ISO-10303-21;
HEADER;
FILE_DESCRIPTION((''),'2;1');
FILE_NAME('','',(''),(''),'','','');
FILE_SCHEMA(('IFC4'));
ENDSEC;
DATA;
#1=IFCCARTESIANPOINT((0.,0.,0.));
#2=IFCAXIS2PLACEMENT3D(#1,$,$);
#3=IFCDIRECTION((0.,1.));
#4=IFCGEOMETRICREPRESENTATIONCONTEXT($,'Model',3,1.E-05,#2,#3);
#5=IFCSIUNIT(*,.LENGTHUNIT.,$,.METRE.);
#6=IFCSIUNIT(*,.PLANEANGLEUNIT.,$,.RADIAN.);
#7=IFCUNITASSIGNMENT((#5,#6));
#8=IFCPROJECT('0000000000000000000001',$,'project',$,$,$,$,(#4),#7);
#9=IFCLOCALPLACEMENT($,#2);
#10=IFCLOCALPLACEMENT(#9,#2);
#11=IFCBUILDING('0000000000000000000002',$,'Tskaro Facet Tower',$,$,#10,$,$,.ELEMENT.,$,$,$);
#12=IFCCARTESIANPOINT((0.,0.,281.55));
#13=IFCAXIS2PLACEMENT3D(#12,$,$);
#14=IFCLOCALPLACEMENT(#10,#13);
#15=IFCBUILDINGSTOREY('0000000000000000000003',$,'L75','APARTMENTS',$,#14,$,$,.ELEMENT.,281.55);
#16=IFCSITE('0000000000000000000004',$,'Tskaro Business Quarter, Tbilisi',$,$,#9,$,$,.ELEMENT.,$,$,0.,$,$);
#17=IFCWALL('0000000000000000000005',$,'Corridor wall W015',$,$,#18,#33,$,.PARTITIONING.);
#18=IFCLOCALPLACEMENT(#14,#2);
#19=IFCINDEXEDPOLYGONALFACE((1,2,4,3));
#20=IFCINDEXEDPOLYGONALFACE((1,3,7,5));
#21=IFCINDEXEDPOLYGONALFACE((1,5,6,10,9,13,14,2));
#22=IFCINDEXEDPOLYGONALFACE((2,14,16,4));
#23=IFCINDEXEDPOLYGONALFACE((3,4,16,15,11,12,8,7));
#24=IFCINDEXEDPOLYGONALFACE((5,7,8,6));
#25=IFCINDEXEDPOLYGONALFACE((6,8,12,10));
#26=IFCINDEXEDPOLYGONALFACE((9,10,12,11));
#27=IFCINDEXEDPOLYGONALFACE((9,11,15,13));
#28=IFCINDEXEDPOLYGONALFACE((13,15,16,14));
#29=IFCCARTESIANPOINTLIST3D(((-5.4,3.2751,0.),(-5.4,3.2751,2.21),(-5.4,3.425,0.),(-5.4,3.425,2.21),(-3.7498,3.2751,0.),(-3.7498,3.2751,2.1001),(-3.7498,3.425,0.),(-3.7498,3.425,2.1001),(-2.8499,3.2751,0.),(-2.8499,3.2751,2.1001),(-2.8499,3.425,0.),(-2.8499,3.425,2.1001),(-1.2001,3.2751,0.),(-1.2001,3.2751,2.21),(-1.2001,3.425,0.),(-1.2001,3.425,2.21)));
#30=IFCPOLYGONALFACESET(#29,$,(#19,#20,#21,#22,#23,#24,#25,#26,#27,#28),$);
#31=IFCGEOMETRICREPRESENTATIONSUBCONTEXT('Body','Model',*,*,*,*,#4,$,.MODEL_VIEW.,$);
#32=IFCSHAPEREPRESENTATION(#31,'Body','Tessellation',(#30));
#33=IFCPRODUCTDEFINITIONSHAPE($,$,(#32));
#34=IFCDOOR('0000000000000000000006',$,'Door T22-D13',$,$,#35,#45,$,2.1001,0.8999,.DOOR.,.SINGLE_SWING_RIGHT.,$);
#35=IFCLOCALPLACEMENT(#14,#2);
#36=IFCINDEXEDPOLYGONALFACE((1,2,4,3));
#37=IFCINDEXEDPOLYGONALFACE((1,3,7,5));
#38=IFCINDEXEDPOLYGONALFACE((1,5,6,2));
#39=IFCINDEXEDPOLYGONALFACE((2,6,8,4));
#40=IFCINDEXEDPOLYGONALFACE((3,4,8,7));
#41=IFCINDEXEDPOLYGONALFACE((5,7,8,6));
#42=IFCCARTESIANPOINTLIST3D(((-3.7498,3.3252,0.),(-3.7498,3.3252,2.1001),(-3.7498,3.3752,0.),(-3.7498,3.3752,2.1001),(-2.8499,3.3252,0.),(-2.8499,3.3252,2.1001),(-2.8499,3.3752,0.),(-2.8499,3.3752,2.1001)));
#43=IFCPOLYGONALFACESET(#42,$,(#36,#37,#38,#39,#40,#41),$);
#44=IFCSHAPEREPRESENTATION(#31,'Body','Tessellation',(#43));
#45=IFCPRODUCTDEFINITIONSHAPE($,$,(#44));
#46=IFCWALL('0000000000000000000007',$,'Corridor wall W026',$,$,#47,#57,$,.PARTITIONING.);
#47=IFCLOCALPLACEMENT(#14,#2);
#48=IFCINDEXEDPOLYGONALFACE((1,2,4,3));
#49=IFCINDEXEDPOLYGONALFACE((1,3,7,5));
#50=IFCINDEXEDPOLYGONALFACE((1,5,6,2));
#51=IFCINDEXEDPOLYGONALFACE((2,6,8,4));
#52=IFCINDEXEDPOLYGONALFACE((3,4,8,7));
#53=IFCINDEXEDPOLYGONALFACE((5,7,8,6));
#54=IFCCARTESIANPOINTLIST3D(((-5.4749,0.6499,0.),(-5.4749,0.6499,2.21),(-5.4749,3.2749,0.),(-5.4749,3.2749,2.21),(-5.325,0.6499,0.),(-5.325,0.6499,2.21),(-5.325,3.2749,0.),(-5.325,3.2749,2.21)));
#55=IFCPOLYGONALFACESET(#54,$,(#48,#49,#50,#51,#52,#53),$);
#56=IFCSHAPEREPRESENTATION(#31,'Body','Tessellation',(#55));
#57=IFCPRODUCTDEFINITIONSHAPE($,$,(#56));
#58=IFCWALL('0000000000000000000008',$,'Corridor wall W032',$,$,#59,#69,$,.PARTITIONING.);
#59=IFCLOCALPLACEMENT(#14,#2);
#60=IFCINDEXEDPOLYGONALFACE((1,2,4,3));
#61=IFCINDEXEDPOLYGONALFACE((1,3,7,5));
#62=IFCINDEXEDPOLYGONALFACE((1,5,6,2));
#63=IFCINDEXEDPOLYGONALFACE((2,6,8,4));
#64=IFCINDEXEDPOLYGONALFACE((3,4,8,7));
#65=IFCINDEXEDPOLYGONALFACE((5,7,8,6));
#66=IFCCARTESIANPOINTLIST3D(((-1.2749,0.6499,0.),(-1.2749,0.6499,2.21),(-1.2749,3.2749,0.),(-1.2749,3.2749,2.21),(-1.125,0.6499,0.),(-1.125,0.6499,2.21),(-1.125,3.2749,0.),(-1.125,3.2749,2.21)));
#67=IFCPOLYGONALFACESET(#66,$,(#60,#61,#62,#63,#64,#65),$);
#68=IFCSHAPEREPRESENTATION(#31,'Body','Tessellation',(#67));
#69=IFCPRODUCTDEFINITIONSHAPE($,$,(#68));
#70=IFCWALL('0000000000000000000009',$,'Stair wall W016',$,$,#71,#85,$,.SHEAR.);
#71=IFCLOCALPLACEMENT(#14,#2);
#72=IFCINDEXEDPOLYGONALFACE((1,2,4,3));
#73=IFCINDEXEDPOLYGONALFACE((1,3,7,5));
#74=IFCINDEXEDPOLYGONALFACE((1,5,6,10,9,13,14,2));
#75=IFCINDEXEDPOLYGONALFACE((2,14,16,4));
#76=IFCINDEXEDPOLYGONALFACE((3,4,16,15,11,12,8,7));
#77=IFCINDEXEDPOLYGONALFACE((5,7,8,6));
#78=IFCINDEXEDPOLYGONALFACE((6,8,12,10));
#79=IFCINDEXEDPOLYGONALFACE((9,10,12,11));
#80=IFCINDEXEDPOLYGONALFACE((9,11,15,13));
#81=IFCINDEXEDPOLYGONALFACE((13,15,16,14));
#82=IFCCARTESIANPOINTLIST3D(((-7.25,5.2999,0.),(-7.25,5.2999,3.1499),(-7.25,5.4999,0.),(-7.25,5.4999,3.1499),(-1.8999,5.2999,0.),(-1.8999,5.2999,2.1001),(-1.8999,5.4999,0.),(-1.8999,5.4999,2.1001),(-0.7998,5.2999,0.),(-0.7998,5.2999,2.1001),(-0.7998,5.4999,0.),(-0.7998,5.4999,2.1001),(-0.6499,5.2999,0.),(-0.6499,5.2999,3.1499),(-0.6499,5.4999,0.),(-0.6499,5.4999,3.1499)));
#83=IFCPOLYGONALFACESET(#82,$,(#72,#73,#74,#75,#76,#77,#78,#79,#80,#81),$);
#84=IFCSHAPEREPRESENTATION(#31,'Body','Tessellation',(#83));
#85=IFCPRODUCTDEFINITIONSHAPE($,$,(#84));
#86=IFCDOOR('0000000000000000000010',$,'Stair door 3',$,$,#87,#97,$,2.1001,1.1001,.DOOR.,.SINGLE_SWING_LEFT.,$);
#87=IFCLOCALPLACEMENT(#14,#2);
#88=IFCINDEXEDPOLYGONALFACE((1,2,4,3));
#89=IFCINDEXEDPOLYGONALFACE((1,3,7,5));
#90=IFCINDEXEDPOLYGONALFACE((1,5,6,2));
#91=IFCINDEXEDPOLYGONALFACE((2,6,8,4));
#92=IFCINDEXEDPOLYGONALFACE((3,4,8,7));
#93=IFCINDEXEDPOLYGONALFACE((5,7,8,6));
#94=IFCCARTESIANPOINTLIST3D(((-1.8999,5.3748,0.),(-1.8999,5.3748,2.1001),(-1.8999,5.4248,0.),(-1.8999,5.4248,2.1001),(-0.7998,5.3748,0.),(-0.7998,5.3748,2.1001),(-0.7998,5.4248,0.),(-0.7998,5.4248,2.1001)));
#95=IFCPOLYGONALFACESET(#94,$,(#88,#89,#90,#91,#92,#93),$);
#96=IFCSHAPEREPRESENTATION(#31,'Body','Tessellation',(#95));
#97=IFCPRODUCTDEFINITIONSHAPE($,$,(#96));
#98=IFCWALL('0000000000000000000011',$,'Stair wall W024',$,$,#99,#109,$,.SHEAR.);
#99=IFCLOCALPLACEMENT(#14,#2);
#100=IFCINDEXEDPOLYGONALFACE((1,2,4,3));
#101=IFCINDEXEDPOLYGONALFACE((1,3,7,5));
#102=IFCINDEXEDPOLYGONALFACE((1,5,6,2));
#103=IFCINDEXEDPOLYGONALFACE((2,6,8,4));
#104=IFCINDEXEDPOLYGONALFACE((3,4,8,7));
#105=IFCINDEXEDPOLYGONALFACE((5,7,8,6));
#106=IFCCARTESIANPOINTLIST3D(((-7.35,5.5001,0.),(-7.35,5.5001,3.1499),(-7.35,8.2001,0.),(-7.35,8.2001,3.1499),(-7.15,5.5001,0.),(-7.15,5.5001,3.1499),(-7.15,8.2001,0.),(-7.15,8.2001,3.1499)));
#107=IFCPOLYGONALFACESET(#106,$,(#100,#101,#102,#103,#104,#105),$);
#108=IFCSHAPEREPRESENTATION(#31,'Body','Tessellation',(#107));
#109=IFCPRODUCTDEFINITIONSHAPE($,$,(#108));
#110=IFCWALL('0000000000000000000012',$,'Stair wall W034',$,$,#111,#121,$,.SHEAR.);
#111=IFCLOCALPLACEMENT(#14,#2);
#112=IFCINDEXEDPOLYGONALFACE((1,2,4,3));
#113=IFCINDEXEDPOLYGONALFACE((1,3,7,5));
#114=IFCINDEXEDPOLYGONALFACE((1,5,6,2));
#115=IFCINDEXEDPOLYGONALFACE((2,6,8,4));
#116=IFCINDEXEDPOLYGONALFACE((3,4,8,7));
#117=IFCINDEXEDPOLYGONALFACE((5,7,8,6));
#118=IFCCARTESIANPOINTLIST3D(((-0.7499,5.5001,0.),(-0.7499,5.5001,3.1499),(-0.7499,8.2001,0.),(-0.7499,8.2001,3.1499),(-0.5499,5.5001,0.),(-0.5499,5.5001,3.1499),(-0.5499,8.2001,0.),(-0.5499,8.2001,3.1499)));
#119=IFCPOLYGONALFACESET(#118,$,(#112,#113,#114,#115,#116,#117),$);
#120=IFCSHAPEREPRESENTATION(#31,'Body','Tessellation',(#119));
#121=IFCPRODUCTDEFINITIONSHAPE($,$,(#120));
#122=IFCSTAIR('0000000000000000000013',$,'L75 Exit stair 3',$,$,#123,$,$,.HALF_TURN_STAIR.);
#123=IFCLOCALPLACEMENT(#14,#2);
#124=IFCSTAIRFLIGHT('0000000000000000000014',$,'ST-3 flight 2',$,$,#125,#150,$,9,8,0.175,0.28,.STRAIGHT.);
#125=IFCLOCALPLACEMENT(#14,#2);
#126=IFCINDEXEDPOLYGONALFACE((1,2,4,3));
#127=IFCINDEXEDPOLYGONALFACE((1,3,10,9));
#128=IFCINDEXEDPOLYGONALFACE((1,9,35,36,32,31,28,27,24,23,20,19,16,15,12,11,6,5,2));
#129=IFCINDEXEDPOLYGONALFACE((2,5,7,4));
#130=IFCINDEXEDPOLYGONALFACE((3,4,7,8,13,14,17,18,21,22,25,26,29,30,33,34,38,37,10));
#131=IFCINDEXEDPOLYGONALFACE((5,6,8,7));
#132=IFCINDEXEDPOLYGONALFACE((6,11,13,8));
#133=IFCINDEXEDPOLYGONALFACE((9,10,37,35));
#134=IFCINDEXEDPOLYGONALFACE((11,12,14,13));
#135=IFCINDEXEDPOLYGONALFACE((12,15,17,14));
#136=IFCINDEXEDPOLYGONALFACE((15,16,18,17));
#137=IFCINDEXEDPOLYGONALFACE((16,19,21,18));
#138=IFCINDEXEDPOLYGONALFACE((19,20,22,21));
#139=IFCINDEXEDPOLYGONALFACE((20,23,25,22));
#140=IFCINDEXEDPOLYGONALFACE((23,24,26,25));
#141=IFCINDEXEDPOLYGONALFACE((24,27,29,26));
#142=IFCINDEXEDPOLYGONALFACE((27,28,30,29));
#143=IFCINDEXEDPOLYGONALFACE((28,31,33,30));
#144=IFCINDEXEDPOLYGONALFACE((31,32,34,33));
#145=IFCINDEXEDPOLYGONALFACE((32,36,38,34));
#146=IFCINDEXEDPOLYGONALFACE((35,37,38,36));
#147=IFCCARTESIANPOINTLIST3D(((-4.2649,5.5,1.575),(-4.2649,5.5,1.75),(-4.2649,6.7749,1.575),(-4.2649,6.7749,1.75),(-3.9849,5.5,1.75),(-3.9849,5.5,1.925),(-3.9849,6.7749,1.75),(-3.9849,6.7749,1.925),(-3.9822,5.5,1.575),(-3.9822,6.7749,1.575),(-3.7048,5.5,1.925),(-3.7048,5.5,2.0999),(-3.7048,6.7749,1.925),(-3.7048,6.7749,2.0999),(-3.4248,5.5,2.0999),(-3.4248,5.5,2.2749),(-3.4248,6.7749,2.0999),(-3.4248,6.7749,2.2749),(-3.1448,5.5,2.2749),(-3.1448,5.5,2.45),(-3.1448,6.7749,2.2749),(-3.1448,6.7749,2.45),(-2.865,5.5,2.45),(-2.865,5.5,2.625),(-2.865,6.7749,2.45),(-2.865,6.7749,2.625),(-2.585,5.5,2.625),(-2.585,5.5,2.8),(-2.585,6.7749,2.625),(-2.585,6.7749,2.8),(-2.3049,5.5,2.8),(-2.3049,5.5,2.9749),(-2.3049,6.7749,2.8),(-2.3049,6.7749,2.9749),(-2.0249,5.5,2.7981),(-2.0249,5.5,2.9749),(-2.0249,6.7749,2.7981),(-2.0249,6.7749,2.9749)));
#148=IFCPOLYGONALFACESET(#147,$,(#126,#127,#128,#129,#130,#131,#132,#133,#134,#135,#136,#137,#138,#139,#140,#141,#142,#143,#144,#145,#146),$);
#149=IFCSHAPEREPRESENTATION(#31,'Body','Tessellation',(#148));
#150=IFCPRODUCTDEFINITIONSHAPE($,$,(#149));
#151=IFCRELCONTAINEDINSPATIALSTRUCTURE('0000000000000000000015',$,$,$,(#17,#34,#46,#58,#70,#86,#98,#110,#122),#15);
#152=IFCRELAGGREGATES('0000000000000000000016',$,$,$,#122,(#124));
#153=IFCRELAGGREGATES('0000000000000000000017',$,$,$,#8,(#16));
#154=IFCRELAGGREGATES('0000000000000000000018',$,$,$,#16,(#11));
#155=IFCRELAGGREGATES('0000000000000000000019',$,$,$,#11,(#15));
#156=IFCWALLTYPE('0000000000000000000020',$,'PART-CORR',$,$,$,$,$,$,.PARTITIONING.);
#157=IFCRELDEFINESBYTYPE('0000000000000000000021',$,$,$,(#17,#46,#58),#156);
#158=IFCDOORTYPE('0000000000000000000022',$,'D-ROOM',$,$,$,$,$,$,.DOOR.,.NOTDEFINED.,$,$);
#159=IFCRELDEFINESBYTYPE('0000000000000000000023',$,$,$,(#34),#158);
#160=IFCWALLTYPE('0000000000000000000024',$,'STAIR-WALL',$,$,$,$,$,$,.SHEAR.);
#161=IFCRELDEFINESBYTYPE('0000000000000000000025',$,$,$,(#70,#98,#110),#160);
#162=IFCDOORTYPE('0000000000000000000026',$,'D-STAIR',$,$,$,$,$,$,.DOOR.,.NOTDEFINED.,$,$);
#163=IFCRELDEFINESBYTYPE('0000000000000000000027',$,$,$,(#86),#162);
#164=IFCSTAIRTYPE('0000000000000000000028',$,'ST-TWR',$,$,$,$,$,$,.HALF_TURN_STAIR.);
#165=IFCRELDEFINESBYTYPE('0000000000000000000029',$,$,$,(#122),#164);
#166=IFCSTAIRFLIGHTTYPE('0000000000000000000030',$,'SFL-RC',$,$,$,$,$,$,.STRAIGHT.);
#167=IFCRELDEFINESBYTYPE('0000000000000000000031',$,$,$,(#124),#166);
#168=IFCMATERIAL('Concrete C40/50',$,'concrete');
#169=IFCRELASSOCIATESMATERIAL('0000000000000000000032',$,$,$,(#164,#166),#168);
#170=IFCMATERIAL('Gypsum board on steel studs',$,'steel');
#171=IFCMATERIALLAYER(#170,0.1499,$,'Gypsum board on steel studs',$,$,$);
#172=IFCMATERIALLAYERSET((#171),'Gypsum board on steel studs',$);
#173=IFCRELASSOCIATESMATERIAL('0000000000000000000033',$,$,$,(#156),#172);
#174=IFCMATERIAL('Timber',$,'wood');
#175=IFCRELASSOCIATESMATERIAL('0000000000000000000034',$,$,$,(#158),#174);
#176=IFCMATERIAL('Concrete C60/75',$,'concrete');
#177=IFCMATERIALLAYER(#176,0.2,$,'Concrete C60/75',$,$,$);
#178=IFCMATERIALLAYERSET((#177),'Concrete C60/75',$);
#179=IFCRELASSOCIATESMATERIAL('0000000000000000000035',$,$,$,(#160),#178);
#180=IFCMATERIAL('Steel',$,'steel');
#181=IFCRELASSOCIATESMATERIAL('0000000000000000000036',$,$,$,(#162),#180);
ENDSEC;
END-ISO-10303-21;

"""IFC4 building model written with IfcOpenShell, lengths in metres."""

from ifc_helpers import new_model, si_unit, direction, frame, frame_2d, origin, place, context, subcontext, project, spatial, polyline, rectangle, outline, extrude, material, layer, layer_set, type_object, element, fill, aggregate, save


model = new_model("IFC4")

# Units and contexts
model_context = context("Model", 3, precision=1e-05, world=origin(), true_north=direction((0.0, 1.0)))
body_context = subcontext(model_context, "Body", "Model", "MODEL_VIEW")
ifc_project = project(units=[si_unit("LENGTHUNIT", "METRE"), si_unit("PLANEANGLEUNIT", "RADIAN")], contexts=[model_context])

# Site, building, storey
site_placement = place(None, origin())
site = spatial("IfcSite", under=ifc_project, at=site_placement, Name="Tskaro Business Quarter, Tbilisi", CompositionType="ELEMENT", RefElevation=0.0)
building_placement = place(site_placement, origin())
building = spatial("IfcBuilding", under=site, at=building_placement, Name="Tskaro Facet Tower", CompositionType="ELEMENT")
storey_placement = place(building_placement, frame((0.0, 0.0, 281.55)))
storey = spatial("IfcBuildingStorey", under=building, at=storey_placement, Name="L75", Description="APARTMENTS", CompositionType="ELEMENT", Elevation=281.55)

# Shared definitions
ifc_material_1 = material(Name="Concrete C40/50", Category="concrete")
stair_type = type_object("IfcStairType", Name="ST-TWR", PredefinedType="HALF_TURN_STAIR", material=ifc_material_1)

# Shared definitions
ifc_material_2 = material(Name="Concrete C60/75", Category="concrete")

# Wall, opening, door
ifc_material_3 = material(Name="Gypsum board on steel studs", Category="steel")
ifc_layer_1 = layer(ifc_material_3, 0.1499, Name="Gypsum board on steel studs")
ifc_layer_set_1 = layer_set([ifc_layer_1], Name="Gypsum board on steel studs")
wall_type_1 = type_object("IfcWallType", Name="PART-CORR", PredefinedType="PARTITIONING", material=ifc_layer_set_1)
wall_1_placement = place(storey_placement, frame((-1.2, 3.3501, 0.0), z_axis=(0.0, 0.0, 1.0), x_axis=(-1.0, 0.0, 0.0)))
wall_1 = element("IfcWall", 1, at=wall_1_placement, inside=storey, type_object=wall_type_1, Name="Corridor wall W015", PredefinedType="PARTITIONING", context=body_context, shape_type="SweptSolid", body=[
    extrude(rectangle(XDim=4.2, YDim=0.1499, at=frame_2d((2.1001, 0.0))), origin(), (0.0, 0.0, 1.0), 2.21),
])
opening_1_placement = place(wall_1_placement, frame((1.6499, 0.0, 0.0)))
opening_1 = element("IfcOpeningElement", 2, at=opening_1_placement, cuts=wall_1, PredefinedType="OPENING", context=body_context, shape_type="SweptSolid", body=[
    extrude(rectangle(XDim=0.8999, YDim=2.1001, at=frame_2d((0.45, 1.05))), frame((0.0, 0.085, 0.0), z_axis=(0.0, -1.0, 0.0), x_axis=(1.0, 0.0, 0.0)), (0.0, 0.0, 1.0), 0.1699),
])
ifc_material_4 = material(Name="Timber", Category="wood")
door_type_1 = type_object("IfcDoorType", Name="D-ROOM", OperationType="NOTDEFINED", PredefinedType="DOOR", material=ifc_material_4)
door_1_placement = place(opening_1_placement, origin())
door_1 = element("IfcDoor", 3, at=door_1_placement, inside=storey, type_object=door_type_1, Name="Door T22-D13", OperationType="SINGLE_SWING_RIGHT", OverallHeight=2.1001, OverallWidth=0.8999, PredefinedType="DOOR", context=body_context, shape_type="SweptSolid", body=[
    extrude(rectangle(XDim=0.8999, YDim=2.1001, at=frame_2d((0.45, 1.05))), frame((0.0, 0.0249, 0.0), z_axis=(0.0, -1.0, 0.0), x_axis=(1.0, 0.0, 0.0)), (0.0, 0.0, 1.0), 0.05),
])
fill(opening_1, door_1)

# Walls
for number, where, z_axis, x_axis, name in (
    (4, (-5.3999, 0.6499, 0.0), (0.0, 0.0, 1.0), (0.0, 1.0, 0.0), "Corridor wall W026"),
    (5, (-1.2, 0.6499, 0.0), (0.0, 0.0, 1.0), (0.0, 1.0, 0.0), "Corridor wall W032"),
):
    element("IfcWall", number, at=place(storey_placement, frame(where, z_axis=z_axis, x_axis=x_axis)), inside=storey, type_object=wall_type_1, Name=name, PredefinedType="PARTITIONING", context=body_context, shape_type="SweptSolid", body=[
        extrude(rectangle(XDim=2.625, YDim=0.1499, at=frame_2d((1.3125, 0.0))), origin(), (0.0, 0.0, 1.0), 2.21),
    ])

# Wall, opening, door
ifc_layer_2 = layer(ifc_material_2, 0.2, Name="Concrete C60/75")
ifc_layer_set_2 = layer_set([ifc_layer_2], Name="Concrete C60/75")
wall_type_2 = type_object("IfcWallType", Name="STAIR-WALL", PredefinedType="SHEAR", material=ifc_layer_set_2)
wall_2_placement = place(storey_placement, frame((-7.25, 5.3999, 0.0), z_axis=(0.0, 0.0, 1.0), x_axis=(1.0, 0.0, 0.0)))
wall_2 = element("IfcWall", 6, at=wall_2_placement, inside=storey, type_object=wall_type_2, Name="Stair wall W016", PredefinedType="SHEAR", context=body_context, shape_type="SweptSolid", body=[
    extrude(rectangle(XDim=6.6001, YDim=0.2, at=frame_2d((3.3, 0.0))), origin(), (0.0, 0.0, 1.0), 3.1499),
])
opening_2_placement = place(wall_2_placement, frame((5.3501, 0.0, 0.0)))
opening_2 = element("IfcOpeningElement", 7, at=opening_2_placement, cuts=wall_2, PredefinedType="OPENING", context=body_context, shape_type="SweptSolid", body=[
    extrude(rectangle(XDim=1.1001, YDim=2.1001, at=frame_2d((0.55, 1.05))), frame((0.0, 0.1099, 0.0), z_axis=(0.0, -1.0, 0.0), x_axis=(1.0, 0.0, 0.0)), (0.0, 0.0, 1.0), 0.22),
])
ifc_material_5 = material(Name="Steel", Category="steel")
door_type_2 = type_object("IfcDoorType", Name="D-STAIR", OperationType="NOTDEFINED", PredefinedType="DOOR", material=ifc_material_5)
door_2_placement = place(opening_2_placement, origin())
door_2 = element("IfcDoor", 8, at=door_2_placement, inside=storey, type_object=door_type_2, Name="Stair door 3", OperationType="SINGLE_SWING_LEFT", OverallHeight=2.1001, OverallWidth=1.1001, PredefinedType="DOOR", context=body_context, shape_type="SweptSolid", body=[
    extrude(rectangle(XDim=1.1001, YDim=2.1001, at=frame_2d((0.55, 1.05))), frame((0.0, 0.0249, 0.0), z_axis=(0.0, -1.0, 0.0), x_axis=(1.0, 0.0, 0.0)), (0.0, 0.0, 1.0), 0.05),
])
fill(opening_2, door_2)

# Walls
for number, where, z_axis, x_axis, name in (
    (9, (-7.25, 5.5, 0.0), (0.0, 0.0, 1.0), (0.0, 1.0, 0.0), "Stair wall W024"),
    (10, (-0.6499, 5.5, 0.0), (0.0, 0.0, 1.0), (0.0, 1.0, 0.0), "Stair wall W034"),
):
    element("IfcWall", number, at=place(storey_placement, frame(where, z_axis=z_axis, x_axis=x_axis)), inside=storey, type_object=wall_type_2, Name=name, PredefinedType="SHEAR", context=body_context, shape_type="SweptSolid", body=[
        extrude(rectangle(XDim=2.7, YDim=0.2, at=frame_2d((1.3501, 0.0))), origin(), (0.0, 0.0, 1.0), 3.1499),
    ])

# Stair, stair flight
stair_1_placement = place(storey_placement, origin())
stair_1 = element("IfcStair", 11, at=stair_1_placement, inside=storey, type_object=stair_type, Name="L75 Exit stair 3", PredefinedType="HALF_TURN_STAIR")
stair_flight_type = type_object("IfcStairFlightType", Name="SFL-RC", PredefinedType="STRAIGHT", material=ifc_material_1)
stair_flight_placement = place(storey_placement, frame((-4.2649, 6.1375, 1.575), z_axis=(0.0, 0.0, 1.0), x_axis=(1.0, 0.0, 0.0)))
stair_flight = element("IfcStairFlight", 12, at=stair_flight_placement, type_object=stair_flight_type, Name="ST-3 flight 2", NumberOfRisers=9, NumberOfTreads=8, PredefinedType="STRAIGHT", RiserHeight=0.175, TreadLength=0.28, context=body_context, shape_type="SweptSolid", body=[
    extrude(outline(polyline([(0.0, 0.0), (0.0, 0.175), (0.28, 0.175), (0.28, 0.3501), (0.5601, 0.3501), (0.5601, 0.5249), (0.8401, 0.5249), (0.8401, 0.7), (1.1201, 0.7), (1.1201, 0.875), (1.3999, 0.875), (1.3999, 1.05), (1.6799, 1.05), (1.6799, 1.2251), (1.96, 1.2251), (1.96, 1.3999), (2.24, 1.3999), (2.24, 1.575), (2.24, 1.2231), (0.2827, 0.0), (0.0, 0.0)])), frame((0.0, 0.6375, 0.0), z_axis=(0.0, -1.0, 0.0), x_axis=(1.0, 0.0, 0.0)), (0.0, 0.0, 1.0), 1.2749),
])
aggregate(stair_1, [stair_flight])

save(model, "model.ifc")
